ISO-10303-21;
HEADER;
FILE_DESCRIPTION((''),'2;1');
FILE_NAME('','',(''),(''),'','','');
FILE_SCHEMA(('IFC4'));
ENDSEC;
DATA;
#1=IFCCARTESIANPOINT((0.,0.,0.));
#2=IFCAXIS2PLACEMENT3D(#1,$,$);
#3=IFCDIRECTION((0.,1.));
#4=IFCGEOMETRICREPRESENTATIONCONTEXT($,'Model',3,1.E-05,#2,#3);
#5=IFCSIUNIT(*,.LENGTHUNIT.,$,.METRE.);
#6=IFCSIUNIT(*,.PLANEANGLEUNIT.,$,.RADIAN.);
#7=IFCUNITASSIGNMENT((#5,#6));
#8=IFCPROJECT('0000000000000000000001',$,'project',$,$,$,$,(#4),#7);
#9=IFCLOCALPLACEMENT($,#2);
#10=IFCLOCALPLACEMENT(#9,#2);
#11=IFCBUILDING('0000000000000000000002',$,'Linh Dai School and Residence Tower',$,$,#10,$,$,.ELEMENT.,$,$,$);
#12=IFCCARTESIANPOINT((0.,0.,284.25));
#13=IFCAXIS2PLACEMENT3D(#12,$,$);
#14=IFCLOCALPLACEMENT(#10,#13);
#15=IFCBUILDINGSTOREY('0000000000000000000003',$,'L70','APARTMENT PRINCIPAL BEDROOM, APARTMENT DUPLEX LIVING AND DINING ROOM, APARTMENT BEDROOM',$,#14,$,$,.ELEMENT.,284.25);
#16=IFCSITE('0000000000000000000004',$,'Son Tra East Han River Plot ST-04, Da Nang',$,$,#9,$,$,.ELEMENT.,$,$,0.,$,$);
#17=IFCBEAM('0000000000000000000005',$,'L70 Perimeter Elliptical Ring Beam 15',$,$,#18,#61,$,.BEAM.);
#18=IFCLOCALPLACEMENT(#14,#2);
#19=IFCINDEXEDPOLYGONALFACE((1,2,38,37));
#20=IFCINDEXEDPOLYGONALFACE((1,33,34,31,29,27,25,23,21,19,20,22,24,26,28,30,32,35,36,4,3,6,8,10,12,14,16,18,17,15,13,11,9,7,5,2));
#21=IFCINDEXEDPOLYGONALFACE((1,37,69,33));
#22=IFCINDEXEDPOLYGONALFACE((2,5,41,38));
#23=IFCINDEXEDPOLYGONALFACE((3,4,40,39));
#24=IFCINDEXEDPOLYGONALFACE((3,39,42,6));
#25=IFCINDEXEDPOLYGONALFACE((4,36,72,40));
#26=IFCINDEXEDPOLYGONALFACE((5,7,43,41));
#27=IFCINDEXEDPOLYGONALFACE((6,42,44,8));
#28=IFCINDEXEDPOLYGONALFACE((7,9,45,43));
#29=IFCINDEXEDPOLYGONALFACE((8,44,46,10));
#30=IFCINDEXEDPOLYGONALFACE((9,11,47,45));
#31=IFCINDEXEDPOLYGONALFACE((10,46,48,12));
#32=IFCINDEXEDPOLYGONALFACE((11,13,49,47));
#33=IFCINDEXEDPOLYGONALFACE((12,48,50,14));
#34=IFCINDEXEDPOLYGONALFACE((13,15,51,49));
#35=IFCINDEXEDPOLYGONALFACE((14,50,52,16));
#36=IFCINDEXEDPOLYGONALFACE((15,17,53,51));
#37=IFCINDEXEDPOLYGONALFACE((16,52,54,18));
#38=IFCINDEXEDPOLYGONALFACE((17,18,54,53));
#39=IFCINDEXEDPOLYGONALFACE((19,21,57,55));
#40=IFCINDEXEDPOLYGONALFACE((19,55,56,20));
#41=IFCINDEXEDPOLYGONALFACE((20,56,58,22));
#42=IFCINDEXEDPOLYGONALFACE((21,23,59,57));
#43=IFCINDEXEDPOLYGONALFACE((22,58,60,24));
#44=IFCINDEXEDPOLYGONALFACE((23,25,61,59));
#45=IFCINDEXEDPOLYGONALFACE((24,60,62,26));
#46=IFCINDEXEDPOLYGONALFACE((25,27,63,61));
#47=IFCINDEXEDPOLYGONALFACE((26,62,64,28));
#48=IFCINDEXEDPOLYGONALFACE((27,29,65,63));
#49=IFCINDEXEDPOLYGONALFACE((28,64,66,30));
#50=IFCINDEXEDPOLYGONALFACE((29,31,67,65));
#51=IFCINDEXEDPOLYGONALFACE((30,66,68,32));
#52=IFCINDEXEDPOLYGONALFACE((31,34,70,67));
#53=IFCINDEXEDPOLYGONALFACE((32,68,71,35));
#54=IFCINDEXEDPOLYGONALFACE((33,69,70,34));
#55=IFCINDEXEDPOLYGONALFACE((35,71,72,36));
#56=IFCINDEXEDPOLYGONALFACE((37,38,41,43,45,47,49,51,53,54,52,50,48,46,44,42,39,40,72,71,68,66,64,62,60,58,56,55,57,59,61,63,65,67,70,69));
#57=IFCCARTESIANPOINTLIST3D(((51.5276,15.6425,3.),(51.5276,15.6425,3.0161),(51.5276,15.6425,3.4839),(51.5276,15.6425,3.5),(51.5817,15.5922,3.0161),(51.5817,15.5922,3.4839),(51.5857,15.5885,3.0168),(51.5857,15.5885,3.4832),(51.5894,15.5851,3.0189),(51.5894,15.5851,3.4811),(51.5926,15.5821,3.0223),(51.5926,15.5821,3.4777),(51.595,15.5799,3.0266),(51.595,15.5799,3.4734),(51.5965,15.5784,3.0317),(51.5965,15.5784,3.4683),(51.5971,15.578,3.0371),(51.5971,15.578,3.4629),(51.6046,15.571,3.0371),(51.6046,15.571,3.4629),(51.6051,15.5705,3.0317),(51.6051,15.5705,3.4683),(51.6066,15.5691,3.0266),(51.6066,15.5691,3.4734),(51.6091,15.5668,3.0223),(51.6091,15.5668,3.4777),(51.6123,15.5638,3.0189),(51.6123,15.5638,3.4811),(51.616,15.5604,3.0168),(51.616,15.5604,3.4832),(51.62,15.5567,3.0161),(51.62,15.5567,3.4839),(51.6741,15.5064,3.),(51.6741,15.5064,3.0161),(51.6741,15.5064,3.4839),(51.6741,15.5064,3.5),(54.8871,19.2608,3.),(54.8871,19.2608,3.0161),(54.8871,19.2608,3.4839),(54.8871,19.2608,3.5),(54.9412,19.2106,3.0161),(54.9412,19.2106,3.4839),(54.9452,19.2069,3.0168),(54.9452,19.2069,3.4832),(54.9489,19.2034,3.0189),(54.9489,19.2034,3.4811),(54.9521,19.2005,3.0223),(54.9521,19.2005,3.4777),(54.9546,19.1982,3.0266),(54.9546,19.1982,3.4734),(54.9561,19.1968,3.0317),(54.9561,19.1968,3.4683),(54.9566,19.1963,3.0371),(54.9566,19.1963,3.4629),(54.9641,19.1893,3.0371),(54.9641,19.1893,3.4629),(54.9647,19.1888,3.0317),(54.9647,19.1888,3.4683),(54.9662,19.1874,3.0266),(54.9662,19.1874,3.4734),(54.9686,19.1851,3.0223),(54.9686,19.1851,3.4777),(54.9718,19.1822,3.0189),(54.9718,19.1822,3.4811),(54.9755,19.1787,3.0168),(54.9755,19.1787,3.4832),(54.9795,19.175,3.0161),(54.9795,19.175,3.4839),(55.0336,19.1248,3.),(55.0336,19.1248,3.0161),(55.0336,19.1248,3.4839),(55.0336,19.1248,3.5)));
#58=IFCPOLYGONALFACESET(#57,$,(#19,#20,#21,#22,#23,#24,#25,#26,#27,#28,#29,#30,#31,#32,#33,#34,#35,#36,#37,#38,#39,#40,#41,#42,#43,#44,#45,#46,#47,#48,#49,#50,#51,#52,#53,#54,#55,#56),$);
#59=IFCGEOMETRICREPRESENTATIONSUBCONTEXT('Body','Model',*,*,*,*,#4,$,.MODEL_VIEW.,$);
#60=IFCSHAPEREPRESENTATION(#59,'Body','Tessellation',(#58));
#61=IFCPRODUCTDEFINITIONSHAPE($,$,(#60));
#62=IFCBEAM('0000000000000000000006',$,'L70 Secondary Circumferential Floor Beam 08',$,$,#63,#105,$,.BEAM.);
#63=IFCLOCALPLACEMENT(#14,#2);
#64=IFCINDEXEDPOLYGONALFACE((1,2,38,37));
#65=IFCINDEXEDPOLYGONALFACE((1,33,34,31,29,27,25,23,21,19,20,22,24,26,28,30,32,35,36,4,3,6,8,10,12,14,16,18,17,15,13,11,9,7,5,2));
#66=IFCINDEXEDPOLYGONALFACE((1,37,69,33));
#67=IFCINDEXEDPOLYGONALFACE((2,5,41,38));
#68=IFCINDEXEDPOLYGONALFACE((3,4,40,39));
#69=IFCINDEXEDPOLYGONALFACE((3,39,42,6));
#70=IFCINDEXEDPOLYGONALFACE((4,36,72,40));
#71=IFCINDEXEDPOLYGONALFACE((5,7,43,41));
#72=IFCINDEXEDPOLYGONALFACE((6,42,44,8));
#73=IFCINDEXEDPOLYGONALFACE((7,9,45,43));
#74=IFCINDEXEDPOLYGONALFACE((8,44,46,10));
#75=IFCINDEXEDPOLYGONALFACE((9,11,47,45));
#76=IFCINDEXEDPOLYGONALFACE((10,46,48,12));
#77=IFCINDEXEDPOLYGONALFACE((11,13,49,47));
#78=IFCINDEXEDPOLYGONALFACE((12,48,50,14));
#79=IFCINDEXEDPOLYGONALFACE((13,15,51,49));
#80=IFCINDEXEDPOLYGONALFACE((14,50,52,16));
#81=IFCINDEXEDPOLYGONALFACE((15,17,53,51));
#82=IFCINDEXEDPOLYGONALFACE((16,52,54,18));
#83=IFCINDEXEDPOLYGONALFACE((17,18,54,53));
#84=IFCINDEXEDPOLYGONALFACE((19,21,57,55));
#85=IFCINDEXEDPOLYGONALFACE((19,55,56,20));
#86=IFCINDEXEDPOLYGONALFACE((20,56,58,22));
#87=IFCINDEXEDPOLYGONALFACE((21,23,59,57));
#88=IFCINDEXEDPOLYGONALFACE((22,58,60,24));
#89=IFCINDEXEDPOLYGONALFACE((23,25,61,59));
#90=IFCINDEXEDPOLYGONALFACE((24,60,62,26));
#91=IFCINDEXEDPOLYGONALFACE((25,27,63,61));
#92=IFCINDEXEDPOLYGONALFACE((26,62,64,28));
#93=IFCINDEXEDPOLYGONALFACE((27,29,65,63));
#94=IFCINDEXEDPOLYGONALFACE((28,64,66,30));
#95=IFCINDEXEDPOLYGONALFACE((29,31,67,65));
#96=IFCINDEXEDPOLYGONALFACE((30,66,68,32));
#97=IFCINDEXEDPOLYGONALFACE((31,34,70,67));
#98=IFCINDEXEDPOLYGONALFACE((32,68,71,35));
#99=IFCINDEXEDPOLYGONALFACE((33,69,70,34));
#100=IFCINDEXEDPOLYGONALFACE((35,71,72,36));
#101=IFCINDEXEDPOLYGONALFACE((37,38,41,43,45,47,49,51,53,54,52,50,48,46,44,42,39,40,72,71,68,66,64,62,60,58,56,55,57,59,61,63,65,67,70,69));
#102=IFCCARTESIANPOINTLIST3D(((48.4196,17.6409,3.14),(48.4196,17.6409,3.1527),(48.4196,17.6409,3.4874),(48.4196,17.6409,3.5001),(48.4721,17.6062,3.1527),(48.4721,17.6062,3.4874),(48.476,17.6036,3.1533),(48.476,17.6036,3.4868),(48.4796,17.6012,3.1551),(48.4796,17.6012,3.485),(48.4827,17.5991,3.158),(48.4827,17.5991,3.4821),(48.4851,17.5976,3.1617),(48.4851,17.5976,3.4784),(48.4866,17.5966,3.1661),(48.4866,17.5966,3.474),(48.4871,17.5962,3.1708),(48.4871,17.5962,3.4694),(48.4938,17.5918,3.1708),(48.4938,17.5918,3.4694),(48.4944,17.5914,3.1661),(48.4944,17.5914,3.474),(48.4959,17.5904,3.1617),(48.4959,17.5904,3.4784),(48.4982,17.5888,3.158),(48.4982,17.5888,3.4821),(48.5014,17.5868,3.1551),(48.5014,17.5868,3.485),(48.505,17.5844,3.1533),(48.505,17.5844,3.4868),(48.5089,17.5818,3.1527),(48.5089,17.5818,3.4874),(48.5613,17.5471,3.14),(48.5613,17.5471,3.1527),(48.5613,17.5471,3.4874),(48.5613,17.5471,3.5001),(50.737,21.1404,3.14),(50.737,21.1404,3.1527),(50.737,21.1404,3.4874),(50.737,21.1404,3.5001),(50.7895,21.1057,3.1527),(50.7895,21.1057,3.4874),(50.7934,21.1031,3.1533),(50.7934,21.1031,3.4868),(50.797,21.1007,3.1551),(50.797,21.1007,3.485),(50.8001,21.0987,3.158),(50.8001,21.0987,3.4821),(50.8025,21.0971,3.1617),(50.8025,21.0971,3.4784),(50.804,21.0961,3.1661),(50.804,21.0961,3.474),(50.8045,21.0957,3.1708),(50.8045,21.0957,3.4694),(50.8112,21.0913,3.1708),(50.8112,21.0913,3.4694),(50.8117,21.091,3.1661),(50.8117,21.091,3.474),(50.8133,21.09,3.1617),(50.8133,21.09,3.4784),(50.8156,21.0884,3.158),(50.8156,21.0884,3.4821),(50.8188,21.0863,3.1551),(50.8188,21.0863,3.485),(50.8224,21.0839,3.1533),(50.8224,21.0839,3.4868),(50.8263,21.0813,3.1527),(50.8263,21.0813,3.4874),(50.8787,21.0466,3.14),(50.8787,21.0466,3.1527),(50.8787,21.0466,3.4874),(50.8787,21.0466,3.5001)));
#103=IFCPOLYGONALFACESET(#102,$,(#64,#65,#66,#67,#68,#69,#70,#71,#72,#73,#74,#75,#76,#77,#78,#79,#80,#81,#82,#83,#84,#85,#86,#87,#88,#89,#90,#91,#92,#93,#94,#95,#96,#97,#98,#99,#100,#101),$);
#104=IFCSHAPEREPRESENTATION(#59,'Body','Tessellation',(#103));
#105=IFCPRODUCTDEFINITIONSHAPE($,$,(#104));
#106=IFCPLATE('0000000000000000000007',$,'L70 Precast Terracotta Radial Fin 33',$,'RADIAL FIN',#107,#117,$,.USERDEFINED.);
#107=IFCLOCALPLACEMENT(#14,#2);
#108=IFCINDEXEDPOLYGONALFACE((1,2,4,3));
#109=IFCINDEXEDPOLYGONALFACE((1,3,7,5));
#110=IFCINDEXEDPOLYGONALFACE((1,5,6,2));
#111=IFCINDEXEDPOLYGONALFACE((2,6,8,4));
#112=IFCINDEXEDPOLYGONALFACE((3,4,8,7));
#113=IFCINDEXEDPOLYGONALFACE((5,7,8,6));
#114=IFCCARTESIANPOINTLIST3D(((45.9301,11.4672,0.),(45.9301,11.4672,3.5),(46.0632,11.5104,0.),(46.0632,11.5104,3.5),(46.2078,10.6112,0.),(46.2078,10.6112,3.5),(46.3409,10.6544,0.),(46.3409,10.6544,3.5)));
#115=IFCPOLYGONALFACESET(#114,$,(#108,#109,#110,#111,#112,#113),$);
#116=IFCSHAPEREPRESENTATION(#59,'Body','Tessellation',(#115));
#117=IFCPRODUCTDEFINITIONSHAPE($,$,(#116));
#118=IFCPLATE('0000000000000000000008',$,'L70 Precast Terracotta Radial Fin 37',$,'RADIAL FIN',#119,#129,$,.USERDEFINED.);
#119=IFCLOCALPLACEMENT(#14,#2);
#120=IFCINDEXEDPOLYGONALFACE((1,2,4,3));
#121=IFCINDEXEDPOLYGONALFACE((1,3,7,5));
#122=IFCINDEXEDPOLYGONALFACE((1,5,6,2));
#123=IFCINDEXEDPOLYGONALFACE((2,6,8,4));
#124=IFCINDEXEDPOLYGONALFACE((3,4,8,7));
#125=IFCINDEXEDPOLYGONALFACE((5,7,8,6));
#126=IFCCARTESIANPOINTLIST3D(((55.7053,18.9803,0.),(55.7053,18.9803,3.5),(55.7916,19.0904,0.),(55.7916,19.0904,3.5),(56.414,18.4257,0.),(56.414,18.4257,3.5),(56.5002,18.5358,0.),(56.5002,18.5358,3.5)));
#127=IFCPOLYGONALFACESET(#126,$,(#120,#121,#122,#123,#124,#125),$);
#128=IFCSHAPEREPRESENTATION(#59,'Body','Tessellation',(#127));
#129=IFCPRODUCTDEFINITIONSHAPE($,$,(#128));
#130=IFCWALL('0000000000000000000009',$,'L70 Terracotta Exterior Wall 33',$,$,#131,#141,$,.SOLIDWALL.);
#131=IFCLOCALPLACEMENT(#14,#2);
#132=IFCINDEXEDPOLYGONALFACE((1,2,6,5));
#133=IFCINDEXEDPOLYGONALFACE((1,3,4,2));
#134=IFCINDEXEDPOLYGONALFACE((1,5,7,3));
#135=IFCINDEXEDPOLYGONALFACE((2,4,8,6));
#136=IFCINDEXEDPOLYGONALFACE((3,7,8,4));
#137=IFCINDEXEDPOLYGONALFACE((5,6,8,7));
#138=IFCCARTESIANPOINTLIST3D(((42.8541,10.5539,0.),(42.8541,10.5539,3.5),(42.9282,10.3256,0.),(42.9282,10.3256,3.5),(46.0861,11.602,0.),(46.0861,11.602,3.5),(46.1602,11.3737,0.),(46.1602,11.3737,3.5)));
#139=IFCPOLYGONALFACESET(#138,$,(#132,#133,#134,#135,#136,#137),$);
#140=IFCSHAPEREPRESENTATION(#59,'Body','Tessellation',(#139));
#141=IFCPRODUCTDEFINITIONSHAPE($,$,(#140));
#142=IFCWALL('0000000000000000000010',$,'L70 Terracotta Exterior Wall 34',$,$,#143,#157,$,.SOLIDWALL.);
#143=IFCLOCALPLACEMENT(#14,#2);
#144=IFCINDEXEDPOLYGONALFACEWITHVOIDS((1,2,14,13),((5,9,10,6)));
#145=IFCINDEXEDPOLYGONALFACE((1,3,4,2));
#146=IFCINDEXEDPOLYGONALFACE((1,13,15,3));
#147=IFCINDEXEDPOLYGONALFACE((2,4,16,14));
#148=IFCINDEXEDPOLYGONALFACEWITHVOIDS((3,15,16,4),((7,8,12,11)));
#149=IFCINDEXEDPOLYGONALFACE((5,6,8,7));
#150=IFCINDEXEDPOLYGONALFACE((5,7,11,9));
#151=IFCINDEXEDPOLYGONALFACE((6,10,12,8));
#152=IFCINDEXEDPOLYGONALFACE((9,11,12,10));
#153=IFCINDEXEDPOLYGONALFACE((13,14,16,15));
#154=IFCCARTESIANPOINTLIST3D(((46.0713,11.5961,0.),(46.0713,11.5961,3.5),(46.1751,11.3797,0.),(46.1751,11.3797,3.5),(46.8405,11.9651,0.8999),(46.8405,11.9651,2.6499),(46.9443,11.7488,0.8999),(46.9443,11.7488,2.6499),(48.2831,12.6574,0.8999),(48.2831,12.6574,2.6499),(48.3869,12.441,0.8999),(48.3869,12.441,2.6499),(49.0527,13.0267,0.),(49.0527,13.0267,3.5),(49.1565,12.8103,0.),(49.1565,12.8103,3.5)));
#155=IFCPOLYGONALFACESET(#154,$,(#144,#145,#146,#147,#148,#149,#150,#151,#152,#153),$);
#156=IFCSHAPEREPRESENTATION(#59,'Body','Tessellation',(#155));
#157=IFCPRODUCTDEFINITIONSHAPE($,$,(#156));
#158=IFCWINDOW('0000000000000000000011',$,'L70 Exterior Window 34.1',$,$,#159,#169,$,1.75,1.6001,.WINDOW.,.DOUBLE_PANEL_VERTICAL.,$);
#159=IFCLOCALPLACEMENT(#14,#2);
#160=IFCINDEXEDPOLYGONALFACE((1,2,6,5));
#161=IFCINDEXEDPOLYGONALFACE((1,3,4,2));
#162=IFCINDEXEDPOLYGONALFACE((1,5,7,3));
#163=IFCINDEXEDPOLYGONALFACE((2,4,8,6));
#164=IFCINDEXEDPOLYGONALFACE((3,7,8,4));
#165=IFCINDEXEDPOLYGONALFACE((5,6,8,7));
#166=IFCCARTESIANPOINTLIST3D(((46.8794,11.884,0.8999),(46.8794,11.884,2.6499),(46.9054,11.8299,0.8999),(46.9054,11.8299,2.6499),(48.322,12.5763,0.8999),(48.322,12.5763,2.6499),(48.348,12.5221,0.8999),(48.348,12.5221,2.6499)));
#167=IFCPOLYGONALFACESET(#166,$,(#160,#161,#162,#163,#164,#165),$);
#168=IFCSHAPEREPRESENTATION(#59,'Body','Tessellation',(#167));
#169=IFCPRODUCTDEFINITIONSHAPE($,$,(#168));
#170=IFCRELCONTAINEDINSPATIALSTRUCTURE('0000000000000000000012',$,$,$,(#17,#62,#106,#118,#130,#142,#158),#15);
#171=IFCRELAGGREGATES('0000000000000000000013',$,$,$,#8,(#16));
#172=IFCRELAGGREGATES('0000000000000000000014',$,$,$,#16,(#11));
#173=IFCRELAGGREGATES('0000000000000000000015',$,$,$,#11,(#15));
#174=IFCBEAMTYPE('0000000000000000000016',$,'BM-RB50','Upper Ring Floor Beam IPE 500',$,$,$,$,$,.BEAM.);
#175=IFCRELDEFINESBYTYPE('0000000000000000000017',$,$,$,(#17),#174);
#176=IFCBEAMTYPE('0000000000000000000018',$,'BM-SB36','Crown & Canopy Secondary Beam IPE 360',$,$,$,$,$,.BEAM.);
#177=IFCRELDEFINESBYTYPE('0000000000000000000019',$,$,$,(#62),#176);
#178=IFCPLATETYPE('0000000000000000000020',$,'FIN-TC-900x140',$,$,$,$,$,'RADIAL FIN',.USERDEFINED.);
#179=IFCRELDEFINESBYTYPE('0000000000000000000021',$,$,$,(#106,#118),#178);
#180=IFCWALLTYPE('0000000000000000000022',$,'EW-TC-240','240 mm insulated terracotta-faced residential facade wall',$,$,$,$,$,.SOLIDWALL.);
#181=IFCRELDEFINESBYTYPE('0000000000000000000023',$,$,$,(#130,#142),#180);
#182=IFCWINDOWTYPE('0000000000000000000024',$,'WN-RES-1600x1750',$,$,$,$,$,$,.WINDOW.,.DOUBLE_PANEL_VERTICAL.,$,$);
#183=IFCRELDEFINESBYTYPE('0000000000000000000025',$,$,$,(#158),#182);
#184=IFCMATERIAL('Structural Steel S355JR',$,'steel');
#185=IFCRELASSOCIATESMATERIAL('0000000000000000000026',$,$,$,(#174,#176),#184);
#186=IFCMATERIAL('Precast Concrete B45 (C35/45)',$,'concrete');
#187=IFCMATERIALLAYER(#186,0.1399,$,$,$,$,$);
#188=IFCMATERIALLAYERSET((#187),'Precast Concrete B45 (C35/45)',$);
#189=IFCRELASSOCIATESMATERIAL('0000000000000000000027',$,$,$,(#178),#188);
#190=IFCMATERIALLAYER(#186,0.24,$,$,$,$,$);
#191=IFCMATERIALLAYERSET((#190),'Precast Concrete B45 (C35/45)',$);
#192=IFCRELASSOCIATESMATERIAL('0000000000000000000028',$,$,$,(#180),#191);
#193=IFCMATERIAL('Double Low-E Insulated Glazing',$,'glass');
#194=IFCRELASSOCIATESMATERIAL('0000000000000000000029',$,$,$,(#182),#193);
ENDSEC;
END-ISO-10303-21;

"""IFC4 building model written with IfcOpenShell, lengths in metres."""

from ifc_helpers import new_model, si_unit, direction, frame, frame_2d, origin, origin_2d, place, context, subcontext, project, spatial, rectangle, i_section, extrude, source, transform, mapped, material, layer, layer_set, material_profile, profile_set, type_object, element, fill, save


model = new_model("IFC4")

# Units and contexts
model_context = context("Model", 3, precision=1e-05, world=origin(), true_north=direction((0.0, 1.0)))
body_context = subcontext(model_context, "Body", "Model", "MODEL_VIEW")
ifc_project = project(units=[si_unit("LENGTHUNIT", "METRE"), si_unit("PLANEANGLEUNIT", "RADIAN")], contexts=[model_context])

# Site, building, storey
site_placement = place(None, origin())
site = spatial("IfcSite", under=ifc_project, at=site_placement, Name="Son Tra East Han River Plot ST-04, Da Nang", CompositionType="ELEMENT", RefElevation=0.0)
building_placement = place(site_placement, origin())
building = spatial("IfcBuilding", under=site, at=building_placement, Name="Linh Dai School and Residence Tower", CompositionType="ELEMENT")
storey_placement = place(building_placement, frame((0.0, 0.0, 284.25)))
storey = spatial("IfcBuildingStorey", under=building, at=storey_placement, Name="L70", Description="APARTMENT PRINCIPAL BEDROOM, APARTMENT DUPLEX LIVING AND DINING ROOM, APARTMENT BEDROOM", CompositionType="ELEMENT", Elevation=284.25)

# Shared definitions
ifc_material_1 = material(Name="Structural Steel S355JR", Category="steel")

# Beams
ifc_material_profile_1 = material_profile(ifc_material_1, i_section(OverallWidth=0.2, OverallDepth=0.5, WebThickness=0.0103, FlangeThickness=0.0161, FilletRadius=0.021, at=origin_2d()), Name="IPE 500")
ifc_profile_set_1 = profile_set([ifc_material_profile_1], Name="Structural Steel S355JR")
beam_type_1 = type_object("IfcBeamType", Name="BM-RB50", Description="Upper Ring Floor Beam IPE 500", PredefinedType="BEAM", material=ifc_profile_set_1)
beam_1_placement = place(storey_placement, frame((51.6008, 15.5745, 3.25), z_axis=(0.680415, 0.732827, 0.0), x_axis=(-0.732827, 0.680415, 0.0)))
element("IfcBeam", 1, at=beam_1_placement, inside=storey, type_object=beam_type_1, Name="L70 Perimeter Elliptical Ring Beam 15", PredefinedType="BEAM", context=body_context, shape_type="SweptSolid", body=[
    extrude(i_section(OverallWidth=0.2, OverallDepth=0.5, WebThickness=0.0103, FlangeThickness=0.0161, FilletRadius=0.021, at=origin_2d()), origin(), (0.0, 0.0, 1.0), 4.9375),
])
ifc_material_profile_2 = material_profile(ifc_material_1, i_section(OverallWidth=0.1699, OverallDepth=0.3601, WebThickness=0.0081, FlangeThickness=0.0127, FilletRadius=0.0181, at=origin_2d()), Name="IPE 360")
ifc_profile_set_2 = profile_set([ifc_material_profile_2], Name="Structural Steel S355JR")
beam_type_2 = type_object("IfcBeamType", Name="BM-SB36", Description="Crown & Canopy Secondary Beam IPE 360", PredefinedType="BEAM", material=ifc_profile_set_2)
beam_2_placement = place(storey_placement, frame((48.4905, 17.594, 3.3201), z_axis=(0.55212, 0.833764, 0.0), x_axis=(-0.833764, 0.55212, 0.0)))
element("IfcBeam", 2, at=beam_2_placement, inside=storey, type_object=beam_type_2, Name="L70 Secondary Circumferential Floor Beam 08", PredefinedType="BEAM", context=body_context, shape_type="SweptSolid", body=[
    extrude(i_section(OverallWidth=0.1699, OverallDepth=0.3601, WebThickness=0.0081, FlangeThickness=0.0127, FilletRadius=0.0181, at=origin_2d()), origin(), (0.0, 0.0, 1.0), 4.1973),
])

# Plates
ifc_material_2 = material(Name="Precast Concrete B45 (C35/45)", Category="concrete")
ifc_layer_1 = layer(ifc_material_2, 0.1399)
ifc_layer_set_1 = layer_set([ifc_layer_1], Name="Precast Concrete B45 (C35/45)")
plate_type = type_object("IfcPlateType", Name="FIN-TC-900x140", ElementType="RADIAL FIN", PredefinedType="USERDEFINED", material=ifc_layer_set_1)
shared_shape_1 = source(origin(), body_context, "Body", "SweptSolid", [
    extrude(rectangle(XDim=0.8999, YDim=0.1399, at=origin_2d()), origin(), (0.0, 0.0, 1.0), 3.5),
])
for number, where, z_axis, x_axis, name in (
    (3, (46.1355, 11.0608, 0.0), (0.0, 0.0, 1.0), (0.308519, -0.951218, 0.0), "L70 Precast Terracotta Radial Fin 33"),
    (4, (56.1028, 18.7581, 0.0), (0.0, 0.0, 1.0), (0.787503, -0.616311, 0.0), "L70 Precast Terracotta Radial Fin 37"),
):
    element("IfcPlate", number, at=place(storey_placement, frame(where, z_axis=z_axis, x_axis=x_axis)), inside=storey, type_object=plate_type, Name=name, ObjectType="RADIAL FIN", PredefinedType="USERDEFINED", context=body_context, shape_type="MappedRepresentation", body=[
        mapped(shared_shape_1, transform((0.0, 0.0, 0.0), x_axis=(1.0, 0.0, 0.0), y_axis=(0.0, 1.0, 0.0), z_axis=(0.0, 0.0, 1.0), scale=1.0)),
    ])

# Wall
ifc_layer_2 = layer(ifc_material_2, 0.24)
ifc_layer_set_2 = layer_set([ifc_layer_2], Name="Precast Concrete B45 (C35/45)")
wall_type_1 = type_object("IfcWallType", Name="EW-TC-240", Description="240 mm insulated terracotta-faced residential facade wall", PredefinedType="SOLIDWALL", material=ifc_layer_set_2)
wall_1_placement = place(storey_placement, frame((46.123, 11.4878, 0.0), z_axis=(0.0, 0.0, 1.0), x_axis=(-0.951231, -0.308478, 0.0)))
element("IfcWall", 5, at=wall_1_placement, inside=storey, type_object=wall_type_1, Name="L70 Terracotta Exterior Wall 33", PredefinedType="SOLIDWALL", context=body_context, shape_type="SweptSolid", body=[
    extrude(rectangle(XDim=3.3977, YDim=0.24, at=frame_2d((1.6987, 0.0))), origin(), (0.0, 0.0, 1.0), 3.5),
])

# Wall, opening, window
wall_2_placement = place(storey_placement, frame((49.1045, 12.9185, 0.0), z_axis=(0.0, 0.0, 1.0), x_axis=(-0.901574, -0.432625, 0.0)))
wall_2 = element("IfcWall", 6, at=wall_2_placement, inside=storey, type_object=wall_type_1, Name="L70 Terracotta Exterior Wall 34", PredefinedType="SOLIDWALL", context=body_context, shape_type="SweptSolid", body=[
    extrude(rectangle(XDim=3.3069, YDim=0.24, at=frame_2d((1.6533, 0.0))), origin(), (0.0, 0.0, 1.0), 3.5),
])
opening_1_placement = place(wall_2_placement, frame((0.8535, 0.0, 0.8999)))
opening_1 = element("IfcOpeningElement", 7, at=opening_1_placement, cuts=wall_2, PredefinedType="OPENING", context=body_context, shape_type="SweptSolid", body=[
    extrude(rectangle(XDim=1.6001, YDim=1.75, at=origin_2d()), frame((0.8, 0.1299, 0.875), z_axis=(0.0, -1.0, 0.0), x_axis=(1.0, 0.0, 0.0)), (0.0, 0.0, 1.0), 0.26),
])
ifc_material_3 = material(Name="Double Low-E Insulated Glazing", Category="glass")
window_type_1 = type_object("IfcWindowType", Name="WN-RES-1600x1750", PartitioningType="DOUBLE_PANEL_VERTICAL", PredefinedType="WINDOW", material=ifc_material_3)
shared_shape_2 = source(origin(), body_context, "Body", "SweptSolid", [
    extrude(rectangle(XDim=1.6001, YDim=1.75, at=origin_2d()), frame((0.8, 0.03, 0.875), z_axis=(0.0, -1.0, 0.0), x_axis=(1.0, 0.0, 0.0)), (0.0, 0.0, 1.0), 0.0601),
])
window_1_placement = place(opening_1_placement, origin())
window_1 = element("IfcWindow", 8, at=window_1_placement, inside=storey, type_object=window_type_1, Name="L70 Exterior Window 34.1", OverallHeight=1.75, OverallWidth=1.6001, PartitioningType="DOUBLE_PANEL_VERTICAL", PredefinedType="WINDOW", context=body_context, shape_type="MappedRepresentation", body=[
    mapped(shared_shape_2, transform((0.0, 0.0, 0.0), x_axis=(1.0, 0.0, 0.0), y_axis=(0.0, 1.0, 0.0), z_axis=(0.0, 0.0, 1.0), scale=1.0)),
])
fill(opening_1, window_1)

save(model, "model.ifc")
